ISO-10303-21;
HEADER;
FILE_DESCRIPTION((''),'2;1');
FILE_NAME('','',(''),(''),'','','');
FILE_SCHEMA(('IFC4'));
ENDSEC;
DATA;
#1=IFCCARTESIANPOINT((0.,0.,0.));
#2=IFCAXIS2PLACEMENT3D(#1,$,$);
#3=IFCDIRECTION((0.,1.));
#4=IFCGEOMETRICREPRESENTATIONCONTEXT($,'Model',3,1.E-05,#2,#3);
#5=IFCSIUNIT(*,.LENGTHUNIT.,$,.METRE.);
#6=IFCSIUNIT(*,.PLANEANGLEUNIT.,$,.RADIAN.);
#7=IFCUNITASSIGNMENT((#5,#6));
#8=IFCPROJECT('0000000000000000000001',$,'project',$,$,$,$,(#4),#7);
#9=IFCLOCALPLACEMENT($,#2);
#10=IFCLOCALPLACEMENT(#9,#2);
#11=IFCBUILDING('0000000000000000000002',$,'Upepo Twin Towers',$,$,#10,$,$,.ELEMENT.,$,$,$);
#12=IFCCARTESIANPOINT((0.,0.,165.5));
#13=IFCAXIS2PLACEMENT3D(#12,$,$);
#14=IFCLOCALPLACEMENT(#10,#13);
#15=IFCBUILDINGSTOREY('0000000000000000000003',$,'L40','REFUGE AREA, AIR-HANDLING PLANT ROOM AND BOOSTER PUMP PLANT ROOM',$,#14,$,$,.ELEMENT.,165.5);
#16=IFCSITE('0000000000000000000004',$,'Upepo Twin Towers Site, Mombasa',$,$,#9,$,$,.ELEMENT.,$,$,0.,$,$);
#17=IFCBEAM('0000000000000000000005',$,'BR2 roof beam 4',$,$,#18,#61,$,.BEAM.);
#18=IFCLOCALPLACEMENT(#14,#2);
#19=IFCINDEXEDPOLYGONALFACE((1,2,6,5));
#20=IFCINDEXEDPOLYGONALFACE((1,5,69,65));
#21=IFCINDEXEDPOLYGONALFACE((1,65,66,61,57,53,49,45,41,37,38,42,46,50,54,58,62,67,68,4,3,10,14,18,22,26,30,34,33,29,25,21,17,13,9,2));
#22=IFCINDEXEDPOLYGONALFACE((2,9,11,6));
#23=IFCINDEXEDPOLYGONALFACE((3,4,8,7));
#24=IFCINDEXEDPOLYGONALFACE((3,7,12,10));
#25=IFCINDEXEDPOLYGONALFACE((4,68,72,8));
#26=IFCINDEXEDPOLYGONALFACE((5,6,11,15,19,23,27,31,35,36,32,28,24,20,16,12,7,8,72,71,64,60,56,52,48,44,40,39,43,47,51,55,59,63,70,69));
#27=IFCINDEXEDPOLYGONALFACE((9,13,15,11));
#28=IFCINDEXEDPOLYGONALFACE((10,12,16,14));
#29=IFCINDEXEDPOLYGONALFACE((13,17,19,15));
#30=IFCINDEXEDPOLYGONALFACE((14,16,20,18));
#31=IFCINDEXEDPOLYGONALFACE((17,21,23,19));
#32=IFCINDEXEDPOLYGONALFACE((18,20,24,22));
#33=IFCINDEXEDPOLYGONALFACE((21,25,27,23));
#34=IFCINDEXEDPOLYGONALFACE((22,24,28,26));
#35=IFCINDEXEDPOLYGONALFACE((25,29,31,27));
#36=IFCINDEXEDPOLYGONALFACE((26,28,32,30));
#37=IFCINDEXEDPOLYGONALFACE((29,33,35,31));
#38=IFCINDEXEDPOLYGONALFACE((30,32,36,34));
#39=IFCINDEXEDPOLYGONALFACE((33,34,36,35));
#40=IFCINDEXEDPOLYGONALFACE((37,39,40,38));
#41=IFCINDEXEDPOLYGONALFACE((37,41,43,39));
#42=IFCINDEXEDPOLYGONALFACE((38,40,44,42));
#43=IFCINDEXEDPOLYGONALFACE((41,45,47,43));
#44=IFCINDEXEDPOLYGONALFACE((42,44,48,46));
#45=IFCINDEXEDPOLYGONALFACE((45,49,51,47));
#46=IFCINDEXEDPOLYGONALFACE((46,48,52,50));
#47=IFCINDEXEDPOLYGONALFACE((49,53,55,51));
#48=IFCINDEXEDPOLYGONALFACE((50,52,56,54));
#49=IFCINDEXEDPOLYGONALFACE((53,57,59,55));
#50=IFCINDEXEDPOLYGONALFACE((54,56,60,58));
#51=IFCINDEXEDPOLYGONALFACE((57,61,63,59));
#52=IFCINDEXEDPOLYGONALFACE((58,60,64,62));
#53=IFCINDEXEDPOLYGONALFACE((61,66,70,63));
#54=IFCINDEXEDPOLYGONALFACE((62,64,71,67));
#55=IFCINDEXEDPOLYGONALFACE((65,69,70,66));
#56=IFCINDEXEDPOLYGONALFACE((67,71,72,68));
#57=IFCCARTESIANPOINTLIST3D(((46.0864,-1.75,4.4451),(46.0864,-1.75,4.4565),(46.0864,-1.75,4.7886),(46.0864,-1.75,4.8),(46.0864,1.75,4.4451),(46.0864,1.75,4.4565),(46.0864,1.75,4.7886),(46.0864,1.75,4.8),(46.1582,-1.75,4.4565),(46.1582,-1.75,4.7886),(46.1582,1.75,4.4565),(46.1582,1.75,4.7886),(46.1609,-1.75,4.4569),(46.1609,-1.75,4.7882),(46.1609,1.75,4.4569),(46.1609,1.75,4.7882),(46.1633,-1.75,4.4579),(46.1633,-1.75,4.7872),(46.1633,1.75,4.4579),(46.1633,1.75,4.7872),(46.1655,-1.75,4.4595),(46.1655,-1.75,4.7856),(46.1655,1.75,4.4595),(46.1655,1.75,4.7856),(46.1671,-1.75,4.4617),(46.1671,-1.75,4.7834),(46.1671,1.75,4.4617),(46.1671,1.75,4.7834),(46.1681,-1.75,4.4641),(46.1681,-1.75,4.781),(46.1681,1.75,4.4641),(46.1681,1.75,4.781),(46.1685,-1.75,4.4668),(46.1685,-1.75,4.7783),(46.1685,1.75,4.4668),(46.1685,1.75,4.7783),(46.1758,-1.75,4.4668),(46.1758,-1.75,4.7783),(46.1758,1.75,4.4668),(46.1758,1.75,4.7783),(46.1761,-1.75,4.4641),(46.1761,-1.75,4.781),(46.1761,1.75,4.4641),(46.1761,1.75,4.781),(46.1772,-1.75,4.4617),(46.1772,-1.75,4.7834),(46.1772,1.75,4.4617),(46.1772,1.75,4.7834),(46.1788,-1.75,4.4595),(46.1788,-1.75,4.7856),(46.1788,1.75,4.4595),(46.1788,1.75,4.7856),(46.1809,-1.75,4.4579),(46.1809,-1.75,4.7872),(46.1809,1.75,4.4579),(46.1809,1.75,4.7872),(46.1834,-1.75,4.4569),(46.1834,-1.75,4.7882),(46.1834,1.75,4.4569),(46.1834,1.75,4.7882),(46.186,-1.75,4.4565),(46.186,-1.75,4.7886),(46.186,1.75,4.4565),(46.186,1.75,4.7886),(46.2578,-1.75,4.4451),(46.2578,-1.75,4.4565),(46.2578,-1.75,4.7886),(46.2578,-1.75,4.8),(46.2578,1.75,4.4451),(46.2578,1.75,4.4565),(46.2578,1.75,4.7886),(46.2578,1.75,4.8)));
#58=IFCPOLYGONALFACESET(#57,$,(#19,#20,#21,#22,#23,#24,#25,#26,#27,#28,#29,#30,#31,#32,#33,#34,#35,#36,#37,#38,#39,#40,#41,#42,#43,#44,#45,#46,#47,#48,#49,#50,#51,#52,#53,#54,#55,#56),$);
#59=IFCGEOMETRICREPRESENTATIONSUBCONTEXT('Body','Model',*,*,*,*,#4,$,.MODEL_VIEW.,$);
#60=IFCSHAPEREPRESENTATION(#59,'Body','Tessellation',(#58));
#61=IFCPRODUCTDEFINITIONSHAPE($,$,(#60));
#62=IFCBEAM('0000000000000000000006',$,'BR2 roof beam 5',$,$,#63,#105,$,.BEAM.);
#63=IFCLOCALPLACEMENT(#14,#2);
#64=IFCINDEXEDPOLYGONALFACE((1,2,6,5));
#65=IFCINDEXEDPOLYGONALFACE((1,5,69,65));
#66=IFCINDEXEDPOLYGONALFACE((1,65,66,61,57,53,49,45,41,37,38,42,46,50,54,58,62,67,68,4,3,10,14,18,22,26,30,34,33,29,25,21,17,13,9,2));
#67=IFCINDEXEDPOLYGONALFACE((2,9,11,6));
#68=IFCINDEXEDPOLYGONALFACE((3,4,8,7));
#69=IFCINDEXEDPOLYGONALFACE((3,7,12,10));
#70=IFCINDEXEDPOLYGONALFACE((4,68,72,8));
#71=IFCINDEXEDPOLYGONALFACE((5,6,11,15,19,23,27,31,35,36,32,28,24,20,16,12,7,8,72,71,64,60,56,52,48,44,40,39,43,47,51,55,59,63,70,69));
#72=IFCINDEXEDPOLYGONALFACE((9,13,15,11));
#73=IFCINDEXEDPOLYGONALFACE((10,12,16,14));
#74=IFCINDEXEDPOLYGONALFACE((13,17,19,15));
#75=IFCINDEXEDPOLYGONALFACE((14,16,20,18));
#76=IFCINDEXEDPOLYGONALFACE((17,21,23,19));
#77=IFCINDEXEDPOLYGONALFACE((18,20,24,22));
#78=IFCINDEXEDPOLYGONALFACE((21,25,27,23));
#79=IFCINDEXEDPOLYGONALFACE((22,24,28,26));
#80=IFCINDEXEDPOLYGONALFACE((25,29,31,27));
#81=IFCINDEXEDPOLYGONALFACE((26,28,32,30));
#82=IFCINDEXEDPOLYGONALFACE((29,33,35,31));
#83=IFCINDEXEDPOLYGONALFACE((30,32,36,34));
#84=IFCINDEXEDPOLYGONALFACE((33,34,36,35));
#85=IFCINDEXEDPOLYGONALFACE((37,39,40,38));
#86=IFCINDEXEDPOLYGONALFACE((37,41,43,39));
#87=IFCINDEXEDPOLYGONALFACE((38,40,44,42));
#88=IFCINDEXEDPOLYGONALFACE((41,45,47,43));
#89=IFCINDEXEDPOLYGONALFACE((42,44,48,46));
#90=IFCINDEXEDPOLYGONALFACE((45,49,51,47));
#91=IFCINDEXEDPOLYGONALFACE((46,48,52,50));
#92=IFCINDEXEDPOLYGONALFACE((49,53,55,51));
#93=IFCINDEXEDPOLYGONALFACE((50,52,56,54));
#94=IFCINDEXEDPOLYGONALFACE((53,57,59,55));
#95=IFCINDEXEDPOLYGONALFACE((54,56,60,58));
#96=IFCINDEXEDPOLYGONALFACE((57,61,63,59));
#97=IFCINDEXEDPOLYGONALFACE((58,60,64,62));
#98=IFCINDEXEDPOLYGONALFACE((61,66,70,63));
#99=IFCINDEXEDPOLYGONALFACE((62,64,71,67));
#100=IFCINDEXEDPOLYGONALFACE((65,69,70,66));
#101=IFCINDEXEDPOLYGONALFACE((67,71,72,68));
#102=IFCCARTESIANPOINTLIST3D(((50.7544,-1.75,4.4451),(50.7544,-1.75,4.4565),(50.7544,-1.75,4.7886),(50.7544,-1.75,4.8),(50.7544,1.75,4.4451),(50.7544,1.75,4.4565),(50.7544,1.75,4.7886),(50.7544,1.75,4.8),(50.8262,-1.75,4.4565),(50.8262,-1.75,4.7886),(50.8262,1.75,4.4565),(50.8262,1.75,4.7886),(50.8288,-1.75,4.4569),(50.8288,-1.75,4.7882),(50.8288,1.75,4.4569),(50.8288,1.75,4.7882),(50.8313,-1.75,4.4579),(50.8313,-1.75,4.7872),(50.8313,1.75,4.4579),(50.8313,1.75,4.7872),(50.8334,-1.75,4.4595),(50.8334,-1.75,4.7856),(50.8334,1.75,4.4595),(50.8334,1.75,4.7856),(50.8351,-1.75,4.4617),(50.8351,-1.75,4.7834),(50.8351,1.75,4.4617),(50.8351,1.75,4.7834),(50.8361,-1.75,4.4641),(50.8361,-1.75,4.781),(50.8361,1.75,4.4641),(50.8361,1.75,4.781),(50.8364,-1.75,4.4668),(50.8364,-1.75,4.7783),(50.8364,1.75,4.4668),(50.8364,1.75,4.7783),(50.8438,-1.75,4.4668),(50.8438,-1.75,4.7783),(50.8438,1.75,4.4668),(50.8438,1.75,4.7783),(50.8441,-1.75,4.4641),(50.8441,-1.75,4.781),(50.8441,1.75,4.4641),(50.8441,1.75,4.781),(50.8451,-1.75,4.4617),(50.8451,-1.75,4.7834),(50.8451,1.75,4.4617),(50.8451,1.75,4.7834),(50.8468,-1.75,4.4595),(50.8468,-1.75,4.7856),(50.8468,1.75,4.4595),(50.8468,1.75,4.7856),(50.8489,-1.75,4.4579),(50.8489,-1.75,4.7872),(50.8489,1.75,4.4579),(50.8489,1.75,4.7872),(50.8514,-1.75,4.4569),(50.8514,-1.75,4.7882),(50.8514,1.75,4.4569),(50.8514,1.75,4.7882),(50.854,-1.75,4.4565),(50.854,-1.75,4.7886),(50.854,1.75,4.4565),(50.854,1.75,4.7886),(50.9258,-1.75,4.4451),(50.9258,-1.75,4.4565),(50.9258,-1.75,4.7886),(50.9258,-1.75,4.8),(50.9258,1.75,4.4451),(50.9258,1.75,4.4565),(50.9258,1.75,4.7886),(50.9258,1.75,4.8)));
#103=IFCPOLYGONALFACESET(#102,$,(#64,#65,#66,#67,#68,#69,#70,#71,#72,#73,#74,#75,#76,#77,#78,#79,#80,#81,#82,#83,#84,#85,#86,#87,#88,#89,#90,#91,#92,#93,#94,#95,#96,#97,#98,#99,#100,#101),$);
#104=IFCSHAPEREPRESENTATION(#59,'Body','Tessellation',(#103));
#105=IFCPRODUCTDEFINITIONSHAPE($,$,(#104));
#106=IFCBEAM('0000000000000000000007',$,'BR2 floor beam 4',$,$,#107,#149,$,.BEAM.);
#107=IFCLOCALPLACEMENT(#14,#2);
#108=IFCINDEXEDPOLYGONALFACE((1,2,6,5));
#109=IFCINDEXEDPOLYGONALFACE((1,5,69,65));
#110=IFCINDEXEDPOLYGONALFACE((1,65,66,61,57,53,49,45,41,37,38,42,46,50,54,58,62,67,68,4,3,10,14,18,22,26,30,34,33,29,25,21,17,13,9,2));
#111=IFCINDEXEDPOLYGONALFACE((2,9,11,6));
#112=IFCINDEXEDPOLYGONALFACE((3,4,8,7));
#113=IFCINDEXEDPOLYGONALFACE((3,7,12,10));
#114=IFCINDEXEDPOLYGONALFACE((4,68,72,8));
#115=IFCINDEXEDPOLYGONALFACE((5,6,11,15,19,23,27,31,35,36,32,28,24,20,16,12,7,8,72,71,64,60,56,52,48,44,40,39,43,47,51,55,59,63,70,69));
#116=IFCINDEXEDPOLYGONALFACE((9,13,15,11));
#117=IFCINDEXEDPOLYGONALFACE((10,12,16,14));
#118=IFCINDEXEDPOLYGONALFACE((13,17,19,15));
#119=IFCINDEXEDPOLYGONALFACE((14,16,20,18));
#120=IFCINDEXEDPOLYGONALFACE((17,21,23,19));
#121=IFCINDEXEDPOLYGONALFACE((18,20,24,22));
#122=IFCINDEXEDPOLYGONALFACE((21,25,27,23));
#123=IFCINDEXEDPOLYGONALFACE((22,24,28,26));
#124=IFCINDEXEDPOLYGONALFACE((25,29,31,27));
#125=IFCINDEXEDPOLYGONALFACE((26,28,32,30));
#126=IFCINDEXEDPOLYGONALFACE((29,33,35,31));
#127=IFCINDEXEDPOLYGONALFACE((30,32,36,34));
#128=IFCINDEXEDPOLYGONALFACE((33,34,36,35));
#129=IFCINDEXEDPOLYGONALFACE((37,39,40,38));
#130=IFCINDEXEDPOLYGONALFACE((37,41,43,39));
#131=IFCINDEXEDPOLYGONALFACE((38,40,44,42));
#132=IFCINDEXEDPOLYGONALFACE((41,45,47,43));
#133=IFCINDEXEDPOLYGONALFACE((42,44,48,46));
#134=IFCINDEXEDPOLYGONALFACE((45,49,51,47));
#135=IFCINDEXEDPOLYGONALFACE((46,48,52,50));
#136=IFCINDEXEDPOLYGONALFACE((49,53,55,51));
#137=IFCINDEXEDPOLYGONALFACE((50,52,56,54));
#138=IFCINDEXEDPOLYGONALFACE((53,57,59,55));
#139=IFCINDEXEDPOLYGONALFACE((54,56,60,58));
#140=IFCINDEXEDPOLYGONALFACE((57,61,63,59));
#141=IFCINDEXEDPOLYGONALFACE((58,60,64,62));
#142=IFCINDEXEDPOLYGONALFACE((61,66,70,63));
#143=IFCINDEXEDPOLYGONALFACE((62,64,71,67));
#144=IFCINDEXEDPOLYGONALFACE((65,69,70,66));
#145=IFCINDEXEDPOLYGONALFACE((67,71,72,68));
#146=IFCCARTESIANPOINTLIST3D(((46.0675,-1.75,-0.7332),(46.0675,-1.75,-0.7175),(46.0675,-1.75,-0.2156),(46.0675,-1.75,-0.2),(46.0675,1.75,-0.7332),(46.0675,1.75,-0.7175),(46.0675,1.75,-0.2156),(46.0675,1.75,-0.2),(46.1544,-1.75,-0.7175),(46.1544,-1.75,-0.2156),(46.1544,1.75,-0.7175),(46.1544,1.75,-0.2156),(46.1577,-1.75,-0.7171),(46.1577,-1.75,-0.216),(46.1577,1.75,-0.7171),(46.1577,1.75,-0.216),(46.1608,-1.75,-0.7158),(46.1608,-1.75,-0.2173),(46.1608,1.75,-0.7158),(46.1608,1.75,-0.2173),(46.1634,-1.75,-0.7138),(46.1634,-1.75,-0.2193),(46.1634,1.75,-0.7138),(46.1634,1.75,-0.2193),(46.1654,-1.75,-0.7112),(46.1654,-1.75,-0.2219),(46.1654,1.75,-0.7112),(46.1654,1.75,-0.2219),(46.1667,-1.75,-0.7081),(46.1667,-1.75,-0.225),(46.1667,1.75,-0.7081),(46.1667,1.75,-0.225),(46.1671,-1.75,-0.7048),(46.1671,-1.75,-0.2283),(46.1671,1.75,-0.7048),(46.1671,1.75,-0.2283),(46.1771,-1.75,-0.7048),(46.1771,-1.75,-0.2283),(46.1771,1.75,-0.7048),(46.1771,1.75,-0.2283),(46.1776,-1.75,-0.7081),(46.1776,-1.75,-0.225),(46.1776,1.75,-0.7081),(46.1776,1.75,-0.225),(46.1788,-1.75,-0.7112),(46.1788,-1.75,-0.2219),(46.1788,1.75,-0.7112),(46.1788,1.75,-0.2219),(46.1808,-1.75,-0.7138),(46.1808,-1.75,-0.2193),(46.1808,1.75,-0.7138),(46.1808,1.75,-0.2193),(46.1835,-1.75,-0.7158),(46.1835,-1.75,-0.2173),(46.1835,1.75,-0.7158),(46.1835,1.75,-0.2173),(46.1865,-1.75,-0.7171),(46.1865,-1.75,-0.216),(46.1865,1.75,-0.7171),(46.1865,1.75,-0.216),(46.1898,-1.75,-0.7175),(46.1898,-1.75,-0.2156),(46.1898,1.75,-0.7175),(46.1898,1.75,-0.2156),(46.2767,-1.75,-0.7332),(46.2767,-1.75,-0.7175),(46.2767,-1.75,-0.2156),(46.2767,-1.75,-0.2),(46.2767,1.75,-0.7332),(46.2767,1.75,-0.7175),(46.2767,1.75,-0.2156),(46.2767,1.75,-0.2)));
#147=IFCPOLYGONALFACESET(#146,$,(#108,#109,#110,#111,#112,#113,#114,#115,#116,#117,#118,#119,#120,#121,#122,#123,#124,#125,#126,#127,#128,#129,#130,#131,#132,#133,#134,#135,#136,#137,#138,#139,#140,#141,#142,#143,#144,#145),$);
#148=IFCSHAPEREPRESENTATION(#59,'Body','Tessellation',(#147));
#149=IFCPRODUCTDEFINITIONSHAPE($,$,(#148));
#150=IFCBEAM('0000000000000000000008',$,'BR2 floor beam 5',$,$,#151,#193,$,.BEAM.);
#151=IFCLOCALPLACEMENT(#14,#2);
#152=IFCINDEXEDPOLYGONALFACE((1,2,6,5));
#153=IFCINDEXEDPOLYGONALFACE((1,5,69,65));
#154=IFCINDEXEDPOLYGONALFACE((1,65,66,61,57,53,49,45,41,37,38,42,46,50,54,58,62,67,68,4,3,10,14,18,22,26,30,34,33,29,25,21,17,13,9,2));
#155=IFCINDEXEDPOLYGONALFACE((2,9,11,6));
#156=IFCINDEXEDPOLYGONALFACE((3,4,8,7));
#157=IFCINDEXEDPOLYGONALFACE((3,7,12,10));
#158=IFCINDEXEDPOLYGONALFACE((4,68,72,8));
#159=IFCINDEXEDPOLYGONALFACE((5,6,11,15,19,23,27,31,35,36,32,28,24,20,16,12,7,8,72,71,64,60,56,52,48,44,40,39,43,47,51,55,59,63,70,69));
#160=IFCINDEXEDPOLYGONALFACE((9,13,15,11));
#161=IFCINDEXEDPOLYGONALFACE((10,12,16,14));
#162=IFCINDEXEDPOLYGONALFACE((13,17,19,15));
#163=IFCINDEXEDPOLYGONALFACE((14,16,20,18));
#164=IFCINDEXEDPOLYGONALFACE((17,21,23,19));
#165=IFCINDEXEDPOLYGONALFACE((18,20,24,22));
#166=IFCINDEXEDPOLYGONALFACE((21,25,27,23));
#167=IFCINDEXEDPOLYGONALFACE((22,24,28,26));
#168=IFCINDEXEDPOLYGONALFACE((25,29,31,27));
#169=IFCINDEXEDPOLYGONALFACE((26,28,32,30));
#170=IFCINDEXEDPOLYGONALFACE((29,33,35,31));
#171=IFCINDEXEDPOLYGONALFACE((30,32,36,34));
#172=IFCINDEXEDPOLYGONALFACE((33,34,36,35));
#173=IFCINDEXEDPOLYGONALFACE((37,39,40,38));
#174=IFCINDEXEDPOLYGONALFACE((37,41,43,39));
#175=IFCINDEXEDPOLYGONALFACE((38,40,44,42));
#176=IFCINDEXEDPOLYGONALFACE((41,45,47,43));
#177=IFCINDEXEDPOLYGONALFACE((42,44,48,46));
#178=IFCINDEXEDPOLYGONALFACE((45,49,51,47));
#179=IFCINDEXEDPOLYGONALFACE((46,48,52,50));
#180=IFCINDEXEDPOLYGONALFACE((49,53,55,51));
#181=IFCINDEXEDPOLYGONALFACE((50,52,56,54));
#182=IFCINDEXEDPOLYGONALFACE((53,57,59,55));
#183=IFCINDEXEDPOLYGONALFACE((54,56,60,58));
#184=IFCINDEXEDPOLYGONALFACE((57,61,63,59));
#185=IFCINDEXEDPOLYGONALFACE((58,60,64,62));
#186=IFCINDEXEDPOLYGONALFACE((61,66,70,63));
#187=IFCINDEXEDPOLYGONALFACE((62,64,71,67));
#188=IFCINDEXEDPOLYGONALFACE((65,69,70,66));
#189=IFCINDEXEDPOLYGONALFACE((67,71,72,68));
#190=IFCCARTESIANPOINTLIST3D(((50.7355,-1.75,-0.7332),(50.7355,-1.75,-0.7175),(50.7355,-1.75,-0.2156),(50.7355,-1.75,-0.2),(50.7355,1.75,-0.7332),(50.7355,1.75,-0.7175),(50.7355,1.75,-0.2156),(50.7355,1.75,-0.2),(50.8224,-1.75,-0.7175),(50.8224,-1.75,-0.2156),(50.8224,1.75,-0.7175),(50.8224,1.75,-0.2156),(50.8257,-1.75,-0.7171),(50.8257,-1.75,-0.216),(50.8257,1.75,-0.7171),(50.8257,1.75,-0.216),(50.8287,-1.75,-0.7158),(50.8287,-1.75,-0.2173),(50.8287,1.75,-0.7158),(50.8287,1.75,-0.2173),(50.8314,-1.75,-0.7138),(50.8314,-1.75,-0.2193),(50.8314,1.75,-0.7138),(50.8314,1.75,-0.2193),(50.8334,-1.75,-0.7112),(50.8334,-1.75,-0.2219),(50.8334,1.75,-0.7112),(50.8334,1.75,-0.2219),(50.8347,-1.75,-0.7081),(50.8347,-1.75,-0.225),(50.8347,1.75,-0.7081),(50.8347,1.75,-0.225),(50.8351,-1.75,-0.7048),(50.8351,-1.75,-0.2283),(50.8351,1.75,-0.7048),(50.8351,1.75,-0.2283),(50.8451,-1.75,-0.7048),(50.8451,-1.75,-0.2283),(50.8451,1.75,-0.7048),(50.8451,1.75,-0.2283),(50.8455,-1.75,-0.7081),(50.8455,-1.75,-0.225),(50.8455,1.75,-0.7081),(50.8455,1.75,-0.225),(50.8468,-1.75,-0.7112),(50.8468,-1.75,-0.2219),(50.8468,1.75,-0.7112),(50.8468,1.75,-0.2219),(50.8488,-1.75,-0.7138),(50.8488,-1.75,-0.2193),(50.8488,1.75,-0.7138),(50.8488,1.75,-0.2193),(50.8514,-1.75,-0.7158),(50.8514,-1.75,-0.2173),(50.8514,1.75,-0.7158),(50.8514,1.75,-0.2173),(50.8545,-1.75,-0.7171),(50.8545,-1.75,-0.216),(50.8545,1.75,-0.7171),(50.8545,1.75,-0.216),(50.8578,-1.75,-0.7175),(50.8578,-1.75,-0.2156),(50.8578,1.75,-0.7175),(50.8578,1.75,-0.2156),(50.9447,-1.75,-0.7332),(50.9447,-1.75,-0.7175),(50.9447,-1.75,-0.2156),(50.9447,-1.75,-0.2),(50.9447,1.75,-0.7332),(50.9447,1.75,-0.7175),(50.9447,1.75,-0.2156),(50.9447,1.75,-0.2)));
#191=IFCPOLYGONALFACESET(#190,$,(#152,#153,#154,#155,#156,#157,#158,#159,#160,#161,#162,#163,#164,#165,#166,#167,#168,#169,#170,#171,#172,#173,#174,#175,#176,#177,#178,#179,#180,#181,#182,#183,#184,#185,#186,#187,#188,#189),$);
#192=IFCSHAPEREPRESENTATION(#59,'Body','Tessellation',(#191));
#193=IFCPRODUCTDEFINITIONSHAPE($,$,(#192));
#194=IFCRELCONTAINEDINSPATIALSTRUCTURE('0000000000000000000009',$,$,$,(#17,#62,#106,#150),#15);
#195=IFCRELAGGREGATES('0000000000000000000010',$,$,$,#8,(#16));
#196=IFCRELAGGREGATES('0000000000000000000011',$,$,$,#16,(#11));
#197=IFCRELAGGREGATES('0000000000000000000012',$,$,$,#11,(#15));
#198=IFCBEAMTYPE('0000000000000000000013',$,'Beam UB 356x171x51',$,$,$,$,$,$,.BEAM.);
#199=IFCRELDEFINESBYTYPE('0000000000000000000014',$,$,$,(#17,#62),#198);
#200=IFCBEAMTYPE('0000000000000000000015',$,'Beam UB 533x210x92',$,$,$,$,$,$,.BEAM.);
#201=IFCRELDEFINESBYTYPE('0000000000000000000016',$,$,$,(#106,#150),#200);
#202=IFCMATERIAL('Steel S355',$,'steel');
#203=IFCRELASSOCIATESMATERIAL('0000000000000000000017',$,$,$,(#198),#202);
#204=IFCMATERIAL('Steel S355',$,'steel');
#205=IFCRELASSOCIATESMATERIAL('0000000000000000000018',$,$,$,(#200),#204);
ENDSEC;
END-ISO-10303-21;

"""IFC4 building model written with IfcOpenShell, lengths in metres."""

from ifc_helpers import new_model, si_unit, direction, frame, origin, origin_2d, place, context, subcontext, project, spatial, i_section, extrude, material, material_profile, profile_set, type_object, element, save


model = new_model("IFC4")

# Units and contexts
model_context = context("Model", 3, precision=1e-05, world=origin(), true_north=direction((0.0, 1.0)))
body_context = subcontext(model_context, "Body", "Model", "MODEL_VIEW")
ifc_project = project(units=[si_unit("LENGTHUNIT", "METRE"), si_unit("PLANEANGLEUNIT", "RADIAN")], contexts=[model_context])

# Site, building, storey
site_placement = place(None, origin())
site = spatial("IfcSite", under=ifc_project, at=site_placement, Name="Upepo Twin Towers Site, Mombasa", CompositionType="ELEMENT", RefElevation=0.0)
building_placement = place(site_placement, origin())
building = spatial("IfcBuilding", under=site, at=building_placement, Name="Upepo Twin Towers", CompositionType="ELEMENT")
storey_placement = place(building_placement, frame((0.0, 0.0, 165.5)))
storey = spatial("IfcBuildingStorey", under=building, at=storey_placement, Name="L40", Description="REFUGE AREA, AIR-HANDLING PLANT ROOM AND BOOSTER PUMP PLANT ROOM", CompositionType="ELEMENT", Elevation=165.5)

# Beams
ifc_material_1 = material(Name="Steel S355", Category="steel")
ifc_material_profile_1 = material_profile(ifc_material_1, i_section(OverallWidth=0.1714, OverallDepth=0.355, WebThickness=0.0073, FlangeThickness=0.0115, FilletRadius=0.0103, at=origin_2d()), Name="UB 356x171x51")
ifc_profile_set_1 = profile_set([ifc_material_profile_1], Name="Steel S355")
beam_type_1 = type_object("IfcBeamType", Name="Beam UB 356x171x51", PredefinedType="BEAM", material=ifc_profile_set_1)
for number, where, z_axis, x_axis, name in (
    (1, (46.1721, -1.75, 4.6226), (0.0, 1.0, 0.0), (-1.0, 0.0, 0.0), "BR2 roof beam 4"),
    (2, (50.8401, -1.75, 4.6226), (0.0, 1.0, 0.0), (-1.0, 0.0, 0.0), "BR2 roof beam 5"),
):
    element("IfcBeam", number, at=place(storey_placement, frame(where, z_axis=z_axis, x_axis=x_axis)), inside=storey, type_object=beam_type_1, Name=name, PredefinedType="BEAM", context=body_context, shape_type="SweptSolid", body=[
        extrude(i_section(OverallWidth=0.1714, OverallDepth=0.355, WebThickness=0.0073, FlangeThickness=0.0115, FilletRadius=0.0103, at=origin_2d()), origin(), (0.0, 0.0, 1.0), 3.5),
    ])
ifc_material_2 = material(Name="Steel S355", Category="steel")
ifc_material_profile_2 = material_profile(ifc_material_2, i_section(OverallWidth=0.2092, OverallDepth=0.5332, WebThickness=0.01, FlangeThickness=0.0156, FilletRadius=0.0127, at=origin_2d()), Name="UB 533x210x92")
ifc_profile_set_2 = profile_set([ifc_material_profile_2], Name="Steel S355")
beam_type_2 = type_object("IfcBeamType", Name="Beam UB 533x210x92", PredefinedType="BEAM", material=ifc_profile_set_2)
for number, where, z_axis, x_axis, name in (
    (3, (46.1721, -1.75, -0.4666), (0.0, 1.0, 0.0), (-1.0, 0.0, 0.0), "BR2 floor beam 4"),
    (4, (50.8401, -1.75, -0.4666), (0.0, 1.0, 0.0), (-1.0, 0.0, 0.0), "BR2 floor beam 5"),
):
    element("IfcBeam", number, at=place(storey_placement, frame(where, z_axis=z_axis, x_axis=x_axis)), inside=storey, type_object=beam_type_2, Name=name, PredefinedType="BEAM", context=body_context, shape_type="SweptSolid", body=[
        extrude(i_section(OverallWidth=0.2092, OverallDepth=0.5332, WebThickness=0.01, FlangeThickness=0.0156, FilletRadius=0.0127, at=origin_2d()), origin(), (0.0, 0.0, 1.0), 3.5),
    ])

save(model, "model.ifc")
